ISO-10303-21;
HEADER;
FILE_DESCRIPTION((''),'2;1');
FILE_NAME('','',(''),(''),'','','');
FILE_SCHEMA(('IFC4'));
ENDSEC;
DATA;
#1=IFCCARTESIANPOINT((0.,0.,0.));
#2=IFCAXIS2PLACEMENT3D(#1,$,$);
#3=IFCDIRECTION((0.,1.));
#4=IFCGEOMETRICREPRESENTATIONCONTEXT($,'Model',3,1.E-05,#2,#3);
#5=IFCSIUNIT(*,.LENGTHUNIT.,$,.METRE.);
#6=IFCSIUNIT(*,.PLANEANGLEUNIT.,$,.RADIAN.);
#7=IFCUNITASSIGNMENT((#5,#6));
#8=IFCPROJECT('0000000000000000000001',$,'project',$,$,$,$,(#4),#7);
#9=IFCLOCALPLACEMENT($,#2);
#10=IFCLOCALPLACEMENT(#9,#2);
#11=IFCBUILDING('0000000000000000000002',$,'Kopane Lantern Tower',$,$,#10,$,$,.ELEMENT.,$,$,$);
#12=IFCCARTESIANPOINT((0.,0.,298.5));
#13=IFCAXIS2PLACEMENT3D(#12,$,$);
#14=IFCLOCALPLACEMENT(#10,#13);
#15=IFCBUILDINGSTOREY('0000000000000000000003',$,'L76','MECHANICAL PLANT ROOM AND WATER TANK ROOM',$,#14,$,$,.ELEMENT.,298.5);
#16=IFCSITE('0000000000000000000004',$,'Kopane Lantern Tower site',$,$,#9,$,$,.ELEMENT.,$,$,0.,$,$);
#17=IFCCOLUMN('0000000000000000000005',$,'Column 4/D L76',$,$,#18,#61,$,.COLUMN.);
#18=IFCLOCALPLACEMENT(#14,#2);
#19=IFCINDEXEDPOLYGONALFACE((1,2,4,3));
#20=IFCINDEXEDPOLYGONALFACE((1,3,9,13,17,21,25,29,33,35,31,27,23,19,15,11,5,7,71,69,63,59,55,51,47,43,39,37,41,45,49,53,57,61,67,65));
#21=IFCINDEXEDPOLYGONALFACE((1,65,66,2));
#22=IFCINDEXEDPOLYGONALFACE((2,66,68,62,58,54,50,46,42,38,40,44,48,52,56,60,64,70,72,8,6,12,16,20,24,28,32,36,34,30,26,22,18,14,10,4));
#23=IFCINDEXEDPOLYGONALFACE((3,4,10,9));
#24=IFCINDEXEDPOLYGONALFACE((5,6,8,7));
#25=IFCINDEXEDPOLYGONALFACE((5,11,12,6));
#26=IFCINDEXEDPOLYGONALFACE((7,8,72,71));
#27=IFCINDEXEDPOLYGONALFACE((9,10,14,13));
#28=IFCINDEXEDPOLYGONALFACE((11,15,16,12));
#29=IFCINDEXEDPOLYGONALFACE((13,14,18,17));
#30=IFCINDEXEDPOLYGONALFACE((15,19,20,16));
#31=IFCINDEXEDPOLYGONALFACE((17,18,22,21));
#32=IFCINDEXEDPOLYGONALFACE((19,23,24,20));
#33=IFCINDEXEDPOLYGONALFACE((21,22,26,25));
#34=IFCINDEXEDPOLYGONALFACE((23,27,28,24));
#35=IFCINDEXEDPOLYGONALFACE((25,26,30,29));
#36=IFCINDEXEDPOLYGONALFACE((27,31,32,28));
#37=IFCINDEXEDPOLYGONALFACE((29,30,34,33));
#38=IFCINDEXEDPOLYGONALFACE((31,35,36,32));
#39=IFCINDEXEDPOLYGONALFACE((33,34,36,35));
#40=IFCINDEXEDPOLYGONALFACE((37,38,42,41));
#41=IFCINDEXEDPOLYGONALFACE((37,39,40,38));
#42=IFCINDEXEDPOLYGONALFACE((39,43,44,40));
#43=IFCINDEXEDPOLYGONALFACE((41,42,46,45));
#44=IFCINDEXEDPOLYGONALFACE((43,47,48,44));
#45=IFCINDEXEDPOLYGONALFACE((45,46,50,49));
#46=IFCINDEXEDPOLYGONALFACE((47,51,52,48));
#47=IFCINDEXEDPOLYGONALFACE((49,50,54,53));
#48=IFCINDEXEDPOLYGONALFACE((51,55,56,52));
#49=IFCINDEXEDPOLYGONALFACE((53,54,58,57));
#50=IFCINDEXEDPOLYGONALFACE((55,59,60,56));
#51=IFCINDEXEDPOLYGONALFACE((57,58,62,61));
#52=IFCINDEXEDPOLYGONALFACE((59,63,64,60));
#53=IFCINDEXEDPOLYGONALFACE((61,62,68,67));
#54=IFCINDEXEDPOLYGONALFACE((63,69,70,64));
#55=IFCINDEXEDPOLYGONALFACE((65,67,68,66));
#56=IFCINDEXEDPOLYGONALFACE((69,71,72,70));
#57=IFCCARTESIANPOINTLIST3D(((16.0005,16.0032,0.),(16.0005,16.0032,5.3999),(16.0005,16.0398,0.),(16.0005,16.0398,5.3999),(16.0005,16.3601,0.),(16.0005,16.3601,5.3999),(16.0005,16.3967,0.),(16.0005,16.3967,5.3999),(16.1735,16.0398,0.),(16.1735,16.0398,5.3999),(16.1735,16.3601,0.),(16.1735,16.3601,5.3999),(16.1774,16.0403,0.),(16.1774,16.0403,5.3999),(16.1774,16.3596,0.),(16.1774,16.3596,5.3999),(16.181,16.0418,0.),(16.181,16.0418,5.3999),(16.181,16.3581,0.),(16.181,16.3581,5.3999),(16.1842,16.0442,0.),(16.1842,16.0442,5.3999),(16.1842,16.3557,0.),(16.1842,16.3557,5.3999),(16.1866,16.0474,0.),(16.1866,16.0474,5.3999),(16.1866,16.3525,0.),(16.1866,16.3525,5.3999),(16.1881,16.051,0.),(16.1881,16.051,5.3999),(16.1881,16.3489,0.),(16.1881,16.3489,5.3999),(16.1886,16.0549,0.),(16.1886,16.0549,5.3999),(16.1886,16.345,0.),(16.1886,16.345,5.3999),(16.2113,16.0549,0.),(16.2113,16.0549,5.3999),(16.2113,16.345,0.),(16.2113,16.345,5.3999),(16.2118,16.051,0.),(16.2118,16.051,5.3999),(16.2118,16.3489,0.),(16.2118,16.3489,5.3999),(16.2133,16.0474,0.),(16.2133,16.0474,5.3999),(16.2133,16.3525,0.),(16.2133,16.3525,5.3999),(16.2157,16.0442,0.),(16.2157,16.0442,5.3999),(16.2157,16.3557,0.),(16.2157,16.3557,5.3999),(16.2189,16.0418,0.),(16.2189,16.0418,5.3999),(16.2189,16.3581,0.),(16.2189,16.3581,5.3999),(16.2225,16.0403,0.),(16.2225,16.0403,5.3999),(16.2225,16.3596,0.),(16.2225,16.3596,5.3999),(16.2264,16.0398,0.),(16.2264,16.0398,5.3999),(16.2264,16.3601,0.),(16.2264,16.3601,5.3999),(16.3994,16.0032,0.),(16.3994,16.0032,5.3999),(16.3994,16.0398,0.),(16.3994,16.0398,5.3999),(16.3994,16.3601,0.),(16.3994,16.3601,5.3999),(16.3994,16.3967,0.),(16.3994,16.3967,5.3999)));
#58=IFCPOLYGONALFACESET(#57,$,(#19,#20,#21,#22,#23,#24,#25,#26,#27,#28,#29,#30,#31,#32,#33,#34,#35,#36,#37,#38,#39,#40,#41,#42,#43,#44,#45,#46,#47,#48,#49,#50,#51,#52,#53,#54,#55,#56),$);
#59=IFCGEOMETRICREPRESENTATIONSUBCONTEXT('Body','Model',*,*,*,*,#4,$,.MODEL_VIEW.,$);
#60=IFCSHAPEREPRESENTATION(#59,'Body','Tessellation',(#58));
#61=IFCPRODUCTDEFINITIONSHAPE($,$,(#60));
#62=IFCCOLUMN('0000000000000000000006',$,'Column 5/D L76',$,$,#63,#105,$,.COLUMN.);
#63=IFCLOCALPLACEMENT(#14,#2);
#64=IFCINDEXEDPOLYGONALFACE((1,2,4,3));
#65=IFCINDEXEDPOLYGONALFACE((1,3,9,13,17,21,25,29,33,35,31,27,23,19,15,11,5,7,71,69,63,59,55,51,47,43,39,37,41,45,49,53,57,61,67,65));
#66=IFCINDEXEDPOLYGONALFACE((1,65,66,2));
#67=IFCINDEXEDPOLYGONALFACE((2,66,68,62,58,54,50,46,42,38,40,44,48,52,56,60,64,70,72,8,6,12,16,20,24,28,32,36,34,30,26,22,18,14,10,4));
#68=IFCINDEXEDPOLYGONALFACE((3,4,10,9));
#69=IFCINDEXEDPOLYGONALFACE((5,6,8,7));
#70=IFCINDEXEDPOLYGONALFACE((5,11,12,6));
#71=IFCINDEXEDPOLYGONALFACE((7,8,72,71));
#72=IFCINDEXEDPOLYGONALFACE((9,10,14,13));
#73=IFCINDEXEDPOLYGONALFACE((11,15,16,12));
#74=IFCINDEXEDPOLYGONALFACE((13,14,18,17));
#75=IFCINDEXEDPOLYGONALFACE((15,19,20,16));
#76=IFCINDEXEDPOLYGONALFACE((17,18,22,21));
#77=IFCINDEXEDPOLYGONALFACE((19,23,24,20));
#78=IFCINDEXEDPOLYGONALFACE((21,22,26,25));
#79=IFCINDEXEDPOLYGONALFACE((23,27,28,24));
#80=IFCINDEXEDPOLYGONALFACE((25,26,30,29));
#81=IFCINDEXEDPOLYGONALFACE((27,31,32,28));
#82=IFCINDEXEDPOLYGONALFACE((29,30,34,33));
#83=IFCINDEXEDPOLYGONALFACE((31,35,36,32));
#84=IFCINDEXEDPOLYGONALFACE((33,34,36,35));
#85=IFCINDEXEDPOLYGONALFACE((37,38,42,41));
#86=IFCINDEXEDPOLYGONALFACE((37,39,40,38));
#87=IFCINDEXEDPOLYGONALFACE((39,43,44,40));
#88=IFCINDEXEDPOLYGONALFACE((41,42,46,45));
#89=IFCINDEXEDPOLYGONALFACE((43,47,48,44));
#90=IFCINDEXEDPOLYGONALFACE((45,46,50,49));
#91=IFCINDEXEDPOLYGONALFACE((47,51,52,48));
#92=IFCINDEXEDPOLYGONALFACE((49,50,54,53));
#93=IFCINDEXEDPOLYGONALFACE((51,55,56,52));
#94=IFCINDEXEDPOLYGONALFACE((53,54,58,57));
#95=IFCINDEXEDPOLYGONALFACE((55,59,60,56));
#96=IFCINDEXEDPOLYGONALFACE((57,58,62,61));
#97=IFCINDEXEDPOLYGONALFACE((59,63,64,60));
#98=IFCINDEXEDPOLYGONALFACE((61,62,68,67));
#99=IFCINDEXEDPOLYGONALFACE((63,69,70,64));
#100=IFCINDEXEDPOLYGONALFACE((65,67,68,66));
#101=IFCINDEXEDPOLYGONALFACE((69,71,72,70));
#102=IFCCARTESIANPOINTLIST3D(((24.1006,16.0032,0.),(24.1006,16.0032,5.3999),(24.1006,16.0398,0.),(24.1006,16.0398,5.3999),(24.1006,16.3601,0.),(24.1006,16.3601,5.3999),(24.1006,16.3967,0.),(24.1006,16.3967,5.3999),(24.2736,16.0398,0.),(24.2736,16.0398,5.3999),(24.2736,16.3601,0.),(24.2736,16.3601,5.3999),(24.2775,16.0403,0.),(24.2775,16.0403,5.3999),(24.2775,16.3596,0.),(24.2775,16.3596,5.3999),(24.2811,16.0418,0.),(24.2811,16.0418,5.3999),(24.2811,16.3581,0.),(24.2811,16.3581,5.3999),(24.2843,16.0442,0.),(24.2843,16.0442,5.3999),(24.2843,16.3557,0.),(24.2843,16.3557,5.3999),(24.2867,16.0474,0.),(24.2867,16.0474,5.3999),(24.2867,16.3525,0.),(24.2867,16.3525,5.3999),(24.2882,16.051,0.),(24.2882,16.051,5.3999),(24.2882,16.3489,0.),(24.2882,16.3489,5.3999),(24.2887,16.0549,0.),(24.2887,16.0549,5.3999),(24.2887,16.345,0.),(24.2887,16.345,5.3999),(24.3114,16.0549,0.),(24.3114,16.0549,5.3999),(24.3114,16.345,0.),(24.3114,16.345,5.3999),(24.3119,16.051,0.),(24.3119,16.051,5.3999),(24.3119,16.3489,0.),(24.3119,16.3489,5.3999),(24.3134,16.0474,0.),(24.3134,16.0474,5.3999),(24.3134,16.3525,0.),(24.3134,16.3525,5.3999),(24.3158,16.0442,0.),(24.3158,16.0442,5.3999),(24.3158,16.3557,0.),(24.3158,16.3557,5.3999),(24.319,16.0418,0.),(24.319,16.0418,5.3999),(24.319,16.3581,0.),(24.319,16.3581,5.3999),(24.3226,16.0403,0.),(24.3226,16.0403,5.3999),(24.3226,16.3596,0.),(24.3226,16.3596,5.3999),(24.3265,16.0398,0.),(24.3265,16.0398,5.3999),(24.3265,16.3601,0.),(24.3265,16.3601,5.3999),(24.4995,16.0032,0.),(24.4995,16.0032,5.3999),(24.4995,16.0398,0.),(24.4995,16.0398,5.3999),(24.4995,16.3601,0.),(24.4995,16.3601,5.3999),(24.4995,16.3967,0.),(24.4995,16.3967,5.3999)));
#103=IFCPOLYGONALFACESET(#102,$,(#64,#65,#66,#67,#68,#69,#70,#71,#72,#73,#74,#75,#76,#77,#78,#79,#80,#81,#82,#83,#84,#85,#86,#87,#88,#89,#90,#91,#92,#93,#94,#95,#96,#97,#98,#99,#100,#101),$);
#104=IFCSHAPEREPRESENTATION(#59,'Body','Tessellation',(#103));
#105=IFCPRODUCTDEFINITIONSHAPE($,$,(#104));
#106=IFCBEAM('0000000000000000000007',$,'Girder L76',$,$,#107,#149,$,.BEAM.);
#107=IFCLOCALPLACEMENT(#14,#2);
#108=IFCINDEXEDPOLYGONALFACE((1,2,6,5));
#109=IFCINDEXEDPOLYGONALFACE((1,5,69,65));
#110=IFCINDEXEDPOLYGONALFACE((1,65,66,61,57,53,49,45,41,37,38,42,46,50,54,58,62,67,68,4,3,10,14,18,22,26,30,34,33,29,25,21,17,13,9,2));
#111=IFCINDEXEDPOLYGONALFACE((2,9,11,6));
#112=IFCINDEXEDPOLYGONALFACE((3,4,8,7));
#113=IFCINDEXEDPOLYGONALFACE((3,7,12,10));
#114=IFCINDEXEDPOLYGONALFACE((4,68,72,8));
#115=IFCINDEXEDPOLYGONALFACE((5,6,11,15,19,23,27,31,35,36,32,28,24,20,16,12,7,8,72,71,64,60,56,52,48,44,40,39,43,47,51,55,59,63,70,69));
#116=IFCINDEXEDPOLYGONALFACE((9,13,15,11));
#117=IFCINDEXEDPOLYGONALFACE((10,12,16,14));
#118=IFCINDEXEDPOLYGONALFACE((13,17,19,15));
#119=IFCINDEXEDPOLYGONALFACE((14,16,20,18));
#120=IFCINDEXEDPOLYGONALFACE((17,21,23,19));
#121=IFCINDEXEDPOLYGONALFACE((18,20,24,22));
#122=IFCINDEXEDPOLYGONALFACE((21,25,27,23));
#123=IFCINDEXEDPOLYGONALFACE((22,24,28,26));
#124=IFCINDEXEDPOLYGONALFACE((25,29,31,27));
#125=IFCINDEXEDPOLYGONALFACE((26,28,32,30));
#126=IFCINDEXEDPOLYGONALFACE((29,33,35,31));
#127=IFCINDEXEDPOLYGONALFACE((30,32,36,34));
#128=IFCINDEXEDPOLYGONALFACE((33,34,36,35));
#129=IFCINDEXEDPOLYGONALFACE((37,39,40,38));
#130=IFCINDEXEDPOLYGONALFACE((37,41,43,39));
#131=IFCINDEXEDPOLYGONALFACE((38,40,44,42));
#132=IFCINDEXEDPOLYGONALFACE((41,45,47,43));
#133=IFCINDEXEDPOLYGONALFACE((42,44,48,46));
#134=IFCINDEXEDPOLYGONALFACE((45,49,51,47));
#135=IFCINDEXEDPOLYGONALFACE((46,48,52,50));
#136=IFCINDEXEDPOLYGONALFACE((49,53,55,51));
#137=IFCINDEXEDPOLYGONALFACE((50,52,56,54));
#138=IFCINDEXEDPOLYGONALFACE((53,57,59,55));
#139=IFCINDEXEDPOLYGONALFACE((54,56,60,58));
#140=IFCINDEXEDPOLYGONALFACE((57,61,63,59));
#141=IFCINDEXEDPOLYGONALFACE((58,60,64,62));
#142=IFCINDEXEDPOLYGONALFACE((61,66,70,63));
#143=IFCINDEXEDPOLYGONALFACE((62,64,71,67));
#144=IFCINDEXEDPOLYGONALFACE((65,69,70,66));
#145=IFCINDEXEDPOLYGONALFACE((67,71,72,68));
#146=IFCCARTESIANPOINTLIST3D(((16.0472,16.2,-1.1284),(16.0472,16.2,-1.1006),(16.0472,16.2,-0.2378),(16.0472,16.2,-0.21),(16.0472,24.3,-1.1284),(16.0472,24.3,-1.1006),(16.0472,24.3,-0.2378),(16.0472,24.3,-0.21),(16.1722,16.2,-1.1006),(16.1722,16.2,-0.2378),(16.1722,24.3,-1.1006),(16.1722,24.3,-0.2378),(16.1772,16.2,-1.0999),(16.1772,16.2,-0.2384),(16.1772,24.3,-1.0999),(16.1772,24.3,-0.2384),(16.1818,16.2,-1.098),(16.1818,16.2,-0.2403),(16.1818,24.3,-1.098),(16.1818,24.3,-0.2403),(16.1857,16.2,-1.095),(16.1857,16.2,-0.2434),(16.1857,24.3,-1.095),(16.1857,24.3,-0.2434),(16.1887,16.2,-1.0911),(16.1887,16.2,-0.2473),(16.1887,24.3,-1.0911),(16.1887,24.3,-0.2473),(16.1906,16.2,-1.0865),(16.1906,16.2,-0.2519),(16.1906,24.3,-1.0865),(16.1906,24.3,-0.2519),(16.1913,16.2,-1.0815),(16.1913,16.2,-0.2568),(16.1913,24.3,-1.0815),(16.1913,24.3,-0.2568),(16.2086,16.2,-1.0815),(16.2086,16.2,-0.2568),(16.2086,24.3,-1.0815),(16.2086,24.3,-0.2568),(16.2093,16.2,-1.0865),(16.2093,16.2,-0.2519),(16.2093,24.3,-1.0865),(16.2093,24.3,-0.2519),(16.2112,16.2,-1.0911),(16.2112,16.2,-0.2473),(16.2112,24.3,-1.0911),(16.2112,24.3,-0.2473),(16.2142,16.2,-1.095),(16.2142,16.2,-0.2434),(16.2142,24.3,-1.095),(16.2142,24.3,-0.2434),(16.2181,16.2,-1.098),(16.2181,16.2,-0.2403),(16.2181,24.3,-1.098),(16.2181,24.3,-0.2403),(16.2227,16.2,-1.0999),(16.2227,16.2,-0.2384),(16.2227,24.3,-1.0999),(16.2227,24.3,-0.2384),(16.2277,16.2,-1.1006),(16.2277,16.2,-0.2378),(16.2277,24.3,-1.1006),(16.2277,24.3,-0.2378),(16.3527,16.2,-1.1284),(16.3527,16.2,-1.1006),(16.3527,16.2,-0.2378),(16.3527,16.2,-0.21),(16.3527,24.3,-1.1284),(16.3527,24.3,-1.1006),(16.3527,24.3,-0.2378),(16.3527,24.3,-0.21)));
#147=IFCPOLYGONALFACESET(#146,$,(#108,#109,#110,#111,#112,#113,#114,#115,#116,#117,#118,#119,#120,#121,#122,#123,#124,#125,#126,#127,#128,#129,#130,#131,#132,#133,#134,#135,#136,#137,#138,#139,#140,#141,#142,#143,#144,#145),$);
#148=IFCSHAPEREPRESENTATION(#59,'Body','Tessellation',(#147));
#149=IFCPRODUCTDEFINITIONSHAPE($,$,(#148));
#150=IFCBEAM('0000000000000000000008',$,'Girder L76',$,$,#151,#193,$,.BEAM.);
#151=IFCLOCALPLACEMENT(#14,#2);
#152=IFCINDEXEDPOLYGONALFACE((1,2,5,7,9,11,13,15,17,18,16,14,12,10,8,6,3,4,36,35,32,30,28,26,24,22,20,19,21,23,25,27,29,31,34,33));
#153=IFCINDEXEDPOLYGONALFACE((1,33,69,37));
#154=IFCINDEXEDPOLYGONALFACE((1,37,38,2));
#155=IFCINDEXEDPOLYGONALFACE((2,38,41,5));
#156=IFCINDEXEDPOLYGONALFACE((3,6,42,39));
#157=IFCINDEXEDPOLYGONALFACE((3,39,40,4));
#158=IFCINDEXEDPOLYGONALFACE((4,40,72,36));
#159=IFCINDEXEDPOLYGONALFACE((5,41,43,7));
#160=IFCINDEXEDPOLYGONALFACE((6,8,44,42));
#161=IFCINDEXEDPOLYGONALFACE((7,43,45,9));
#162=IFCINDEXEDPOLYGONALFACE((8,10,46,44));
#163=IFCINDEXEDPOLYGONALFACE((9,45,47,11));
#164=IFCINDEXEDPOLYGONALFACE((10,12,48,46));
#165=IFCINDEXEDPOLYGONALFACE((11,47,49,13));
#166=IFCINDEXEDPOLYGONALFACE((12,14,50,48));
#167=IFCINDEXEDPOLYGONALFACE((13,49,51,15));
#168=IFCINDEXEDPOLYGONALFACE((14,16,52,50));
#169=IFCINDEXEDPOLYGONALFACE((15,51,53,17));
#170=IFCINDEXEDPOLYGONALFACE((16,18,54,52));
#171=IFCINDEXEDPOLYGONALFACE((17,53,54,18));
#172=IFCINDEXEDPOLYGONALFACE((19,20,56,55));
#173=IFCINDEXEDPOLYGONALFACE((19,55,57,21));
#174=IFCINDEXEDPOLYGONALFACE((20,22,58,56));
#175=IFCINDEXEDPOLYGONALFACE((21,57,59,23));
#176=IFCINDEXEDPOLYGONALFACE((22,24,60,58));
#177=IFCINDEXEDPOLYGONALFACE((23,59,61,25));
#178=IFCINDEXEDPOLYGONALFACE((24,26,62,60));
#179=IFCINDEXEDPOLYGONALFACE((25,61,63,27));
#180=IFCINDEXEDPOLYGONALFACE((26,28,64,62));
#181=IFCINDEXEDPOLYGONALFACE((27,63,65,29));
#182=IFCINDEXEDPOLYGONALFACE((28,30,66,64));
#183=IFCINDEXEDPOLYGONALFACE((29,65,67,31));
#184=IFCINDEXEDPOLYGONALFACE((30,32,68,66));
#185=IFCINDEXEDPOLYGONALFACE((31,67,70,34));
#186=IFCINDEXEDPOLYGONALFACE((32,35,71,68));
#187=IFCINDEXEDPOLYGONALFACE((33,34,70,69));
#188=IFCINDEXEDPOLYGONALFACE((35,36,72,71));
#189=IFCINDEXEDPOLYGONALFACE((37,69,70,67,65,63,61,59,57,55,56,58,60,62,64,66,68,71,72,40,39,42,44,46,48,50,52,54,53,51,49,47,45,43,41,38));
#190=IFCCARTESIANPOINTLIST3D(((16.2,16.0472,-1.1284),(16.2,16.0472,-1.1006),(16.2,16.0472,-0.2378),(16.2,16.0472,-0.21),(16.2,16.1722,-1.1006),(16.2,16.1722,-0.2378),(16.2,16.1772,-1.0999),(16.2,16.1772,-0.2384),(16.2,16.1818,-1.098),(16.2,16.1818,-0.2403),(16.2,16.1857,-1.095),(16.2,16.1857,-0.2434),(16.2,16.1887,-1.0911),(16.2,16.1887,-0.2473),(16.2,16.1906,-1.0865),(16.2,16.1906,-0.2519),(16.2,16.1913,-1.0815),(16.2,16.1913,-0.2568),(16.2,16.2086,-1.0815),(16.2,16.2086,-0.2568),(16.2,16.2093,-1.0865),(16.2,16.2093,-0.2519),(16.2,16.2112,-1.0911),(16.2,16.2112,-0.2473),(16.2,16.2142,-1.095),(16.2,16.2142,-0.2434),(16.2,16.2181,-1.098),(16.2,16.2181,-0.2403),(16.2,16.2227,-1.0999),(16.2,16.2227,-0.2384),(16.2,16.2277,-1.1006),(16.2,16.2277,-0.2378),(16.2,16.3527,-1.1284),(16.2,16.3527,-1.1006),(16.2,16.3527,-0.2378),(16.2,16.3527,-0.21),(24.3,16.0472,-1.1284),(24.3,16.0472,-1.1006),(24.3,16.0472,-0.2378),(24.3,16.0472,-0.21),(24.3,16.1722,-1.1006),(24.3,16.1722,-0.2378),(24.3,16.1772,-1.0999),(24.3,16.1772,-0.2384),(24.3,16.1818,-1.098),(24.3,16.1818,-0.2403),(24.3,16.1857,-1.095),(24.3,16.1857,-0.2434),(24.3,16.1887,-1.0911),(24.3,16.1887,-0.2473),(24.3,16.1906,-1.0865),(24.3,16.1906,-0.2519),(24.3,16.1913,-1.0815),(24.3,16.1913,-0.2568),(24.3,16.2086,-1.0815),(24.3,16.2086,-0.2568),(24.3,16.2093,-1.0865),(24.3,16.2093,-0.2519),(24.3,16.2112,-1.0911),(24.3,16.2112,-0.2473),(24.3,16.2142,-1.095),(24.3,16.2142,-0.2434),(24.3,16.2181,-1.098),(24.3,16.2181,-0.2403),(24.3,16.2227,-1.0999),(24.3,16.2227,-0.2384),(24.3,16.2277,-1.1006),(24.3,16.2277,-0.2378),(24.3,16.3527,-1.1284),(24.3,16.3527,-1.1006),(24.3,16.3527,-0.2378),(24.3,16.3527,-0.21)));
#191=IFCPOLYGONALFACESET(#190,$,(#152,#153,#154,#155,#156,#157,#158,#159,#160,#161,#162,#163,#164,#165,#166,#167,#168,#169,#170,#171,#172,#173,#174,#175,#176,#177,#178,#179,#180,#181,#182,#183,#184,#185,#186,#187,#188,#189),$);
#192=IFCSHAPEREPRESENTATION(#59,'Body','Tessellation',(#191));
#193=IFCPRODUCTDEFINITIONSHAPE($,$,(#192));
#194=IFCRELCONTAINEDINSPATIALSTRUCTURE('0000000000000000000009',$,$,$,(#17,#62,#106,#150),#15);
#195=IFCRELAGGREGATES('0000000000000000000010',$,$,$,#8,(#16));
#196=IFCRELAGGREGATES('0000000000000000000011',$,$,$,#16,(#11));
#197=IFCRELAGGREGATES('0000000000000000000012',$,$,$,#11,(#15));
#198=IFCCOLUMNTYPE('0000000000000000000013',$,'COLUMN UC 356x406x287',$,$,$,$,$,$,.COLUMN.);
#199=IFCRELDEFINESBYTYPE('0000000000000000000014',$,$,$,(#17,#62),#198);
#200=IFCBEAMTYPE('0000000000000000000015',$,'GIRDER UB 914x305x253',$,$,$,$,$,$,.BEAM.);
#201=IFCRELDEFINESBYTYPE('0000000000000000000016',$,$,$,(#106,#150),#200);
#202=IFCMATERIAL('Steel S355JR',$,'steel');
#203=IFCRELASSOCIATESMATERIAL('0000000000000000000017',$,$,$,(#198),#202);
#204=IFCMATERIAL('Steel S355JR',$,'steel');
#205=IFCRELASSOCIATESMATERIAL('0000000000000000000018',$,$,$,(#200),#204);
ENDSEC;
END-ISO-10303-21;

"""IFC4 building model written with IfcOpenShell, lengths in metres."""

from ifc_helpers import new_model, si_unit, direction, frame, origin, origin_2d, place, context, subcontext, project, spatial, i_section, extrude, material, material_profile, profile_set, type_object, element, save


model = new_model("IFC4")

# Units and contexts
model_context = context("Model", 3, precision=1e-05, world=origin(), true_north=direction((0.0, 1.0)))
body_context = subcontext(model_context, "Body", "Model", "MODEL_VIEW")
ifc_project = project(units=[si_unit("LENGTHUNIT", "METRE"), si_unit("PLANEANGLEUNIT", "RADIAN")], contexts=[model_context])

# Site, building, storey
site_placement = place(None, origin())
site = spatial("IfcSite", under=ifc_project, at=site_placement, Name="Kopane Lantern Tower site", CompositionType="ELEMENT", RefElevation=0.0)
building_placement = place(site_placement, origin())
building = spatial("IfcBuilding", under=site, at=building_placement, Name="Kopane Lantern Tower", CompositionType="ELEMENT")
storey_placement = place(building_placement, frame((0.0, 0.0, 298.5)))
storey = spatial("IfcBuildingStorey", under=building, at=storey_placement, Name="L76", Description="MECHANICAL PLANT ROOM AND WATER TANK ROOM", CompositionType="ELEMENT", Elevation=298.5)

# Columns
ifc_material_1 = material(Name="Steel S355JR", Category="steel")
ifc_material_profile_1 = material_profile(ifc_material_1, i_section(OverallWidth=0.3989, OverallDepth=0.3936, WebThickness=0.0227, FlangeThickness=0.0366, FilletRadius=0.0151, at=origin_2d()), Name="UC 356x406x287")
ifc_profile_set_1 = profile_set([ifc_material_profile_1], Name="Steel S355JR")
column_type = type_object("IfcColumnType", Name="COLUMN UC 356x406x287", PredefinedType="COLUMN", material=ifc_profile_set_1)
for number, where, z_axis, x_axis, name in (
    (1, (16.2, 16.2, 0.0), (0.0, 0.0, 1.0), (1.0, 0.0, 0.0), "Column 4/D L76"),
    (2, (24.3, 16.2, 0.0), (0.0, 0.0, 1.0), (1.0, 0.0, 0.0), "Column 5/D L76"),
):
    element("IfcColumn", number, at=place(storey_placement, frame(where, z_axis=z_axis, x_axis=x_axis)), inside=storey, type_object=column_type, Name=name, PredefinedType="COLUMN", context=body_context, shape_type="SweptSolid", body=[
        extrude(i_section(OverallWidth=0.3989, OverallDepth=0.3936, WebThickness=0.0227, FlangeThickness=0.0366, FilletRadius=0.0151, at=origin_2d()), origin(), (0.0, 0.0, 1.0), 5.3999),
    ])

# Beams
ifc_material_2 = material(Name="Steel S355JR", Category="steel")
ifc_material_profile_2 = material_profile(ifc_material_2, i_section(OverallWidth=0.3054, OverallDepth=0.9185, WebThickness=0.0173, FlangeThickness=0.0278, FilletRadius=0.019, at=origin_2d()), Name="UB 914x305x253")
ifc_profile_set_2 = profile_set([ifc_material_profile_2], Name="Steel S355JR")
beam_type = type_object("IfcBeamType", Name="GIRDER UB 914x305x253", PredefinedType="BEAM", material=ifc_profile_set_2)
for number, where, z_axis, x_axis, name in (
    (3, (16.2, 16.2, -0.6692), (0.0, 1.0, 0.0), (-1.0, 0.0, 0.0), "Girder L76"),
    (4, (16.2, 16.2, -0.6692), (1.0, 0.0, 0.0), (0.0, 1.0, 0.0), "Girder L76"),
):
    element("IfcBeam", number, at=place(storey_placement, frame(where, z_axis=z_axis, x_axis=x_axis)), inside=storey, type_object=beam_type, Name=name, PredefinedType="BEAM", context=body_context, shape_type="SweptSolid", body=[
        extrude(i_section(OverallWidth=0.3054, OverallDepth=0.9185, WebThickness=0.0173, FlangeThickness=0.0278, FilletRadius=0.019, at=origin_2d()), origin(), (0.0, 0.0, 1.0), 8.1001),
    ])

save(model, "model.ifc")
